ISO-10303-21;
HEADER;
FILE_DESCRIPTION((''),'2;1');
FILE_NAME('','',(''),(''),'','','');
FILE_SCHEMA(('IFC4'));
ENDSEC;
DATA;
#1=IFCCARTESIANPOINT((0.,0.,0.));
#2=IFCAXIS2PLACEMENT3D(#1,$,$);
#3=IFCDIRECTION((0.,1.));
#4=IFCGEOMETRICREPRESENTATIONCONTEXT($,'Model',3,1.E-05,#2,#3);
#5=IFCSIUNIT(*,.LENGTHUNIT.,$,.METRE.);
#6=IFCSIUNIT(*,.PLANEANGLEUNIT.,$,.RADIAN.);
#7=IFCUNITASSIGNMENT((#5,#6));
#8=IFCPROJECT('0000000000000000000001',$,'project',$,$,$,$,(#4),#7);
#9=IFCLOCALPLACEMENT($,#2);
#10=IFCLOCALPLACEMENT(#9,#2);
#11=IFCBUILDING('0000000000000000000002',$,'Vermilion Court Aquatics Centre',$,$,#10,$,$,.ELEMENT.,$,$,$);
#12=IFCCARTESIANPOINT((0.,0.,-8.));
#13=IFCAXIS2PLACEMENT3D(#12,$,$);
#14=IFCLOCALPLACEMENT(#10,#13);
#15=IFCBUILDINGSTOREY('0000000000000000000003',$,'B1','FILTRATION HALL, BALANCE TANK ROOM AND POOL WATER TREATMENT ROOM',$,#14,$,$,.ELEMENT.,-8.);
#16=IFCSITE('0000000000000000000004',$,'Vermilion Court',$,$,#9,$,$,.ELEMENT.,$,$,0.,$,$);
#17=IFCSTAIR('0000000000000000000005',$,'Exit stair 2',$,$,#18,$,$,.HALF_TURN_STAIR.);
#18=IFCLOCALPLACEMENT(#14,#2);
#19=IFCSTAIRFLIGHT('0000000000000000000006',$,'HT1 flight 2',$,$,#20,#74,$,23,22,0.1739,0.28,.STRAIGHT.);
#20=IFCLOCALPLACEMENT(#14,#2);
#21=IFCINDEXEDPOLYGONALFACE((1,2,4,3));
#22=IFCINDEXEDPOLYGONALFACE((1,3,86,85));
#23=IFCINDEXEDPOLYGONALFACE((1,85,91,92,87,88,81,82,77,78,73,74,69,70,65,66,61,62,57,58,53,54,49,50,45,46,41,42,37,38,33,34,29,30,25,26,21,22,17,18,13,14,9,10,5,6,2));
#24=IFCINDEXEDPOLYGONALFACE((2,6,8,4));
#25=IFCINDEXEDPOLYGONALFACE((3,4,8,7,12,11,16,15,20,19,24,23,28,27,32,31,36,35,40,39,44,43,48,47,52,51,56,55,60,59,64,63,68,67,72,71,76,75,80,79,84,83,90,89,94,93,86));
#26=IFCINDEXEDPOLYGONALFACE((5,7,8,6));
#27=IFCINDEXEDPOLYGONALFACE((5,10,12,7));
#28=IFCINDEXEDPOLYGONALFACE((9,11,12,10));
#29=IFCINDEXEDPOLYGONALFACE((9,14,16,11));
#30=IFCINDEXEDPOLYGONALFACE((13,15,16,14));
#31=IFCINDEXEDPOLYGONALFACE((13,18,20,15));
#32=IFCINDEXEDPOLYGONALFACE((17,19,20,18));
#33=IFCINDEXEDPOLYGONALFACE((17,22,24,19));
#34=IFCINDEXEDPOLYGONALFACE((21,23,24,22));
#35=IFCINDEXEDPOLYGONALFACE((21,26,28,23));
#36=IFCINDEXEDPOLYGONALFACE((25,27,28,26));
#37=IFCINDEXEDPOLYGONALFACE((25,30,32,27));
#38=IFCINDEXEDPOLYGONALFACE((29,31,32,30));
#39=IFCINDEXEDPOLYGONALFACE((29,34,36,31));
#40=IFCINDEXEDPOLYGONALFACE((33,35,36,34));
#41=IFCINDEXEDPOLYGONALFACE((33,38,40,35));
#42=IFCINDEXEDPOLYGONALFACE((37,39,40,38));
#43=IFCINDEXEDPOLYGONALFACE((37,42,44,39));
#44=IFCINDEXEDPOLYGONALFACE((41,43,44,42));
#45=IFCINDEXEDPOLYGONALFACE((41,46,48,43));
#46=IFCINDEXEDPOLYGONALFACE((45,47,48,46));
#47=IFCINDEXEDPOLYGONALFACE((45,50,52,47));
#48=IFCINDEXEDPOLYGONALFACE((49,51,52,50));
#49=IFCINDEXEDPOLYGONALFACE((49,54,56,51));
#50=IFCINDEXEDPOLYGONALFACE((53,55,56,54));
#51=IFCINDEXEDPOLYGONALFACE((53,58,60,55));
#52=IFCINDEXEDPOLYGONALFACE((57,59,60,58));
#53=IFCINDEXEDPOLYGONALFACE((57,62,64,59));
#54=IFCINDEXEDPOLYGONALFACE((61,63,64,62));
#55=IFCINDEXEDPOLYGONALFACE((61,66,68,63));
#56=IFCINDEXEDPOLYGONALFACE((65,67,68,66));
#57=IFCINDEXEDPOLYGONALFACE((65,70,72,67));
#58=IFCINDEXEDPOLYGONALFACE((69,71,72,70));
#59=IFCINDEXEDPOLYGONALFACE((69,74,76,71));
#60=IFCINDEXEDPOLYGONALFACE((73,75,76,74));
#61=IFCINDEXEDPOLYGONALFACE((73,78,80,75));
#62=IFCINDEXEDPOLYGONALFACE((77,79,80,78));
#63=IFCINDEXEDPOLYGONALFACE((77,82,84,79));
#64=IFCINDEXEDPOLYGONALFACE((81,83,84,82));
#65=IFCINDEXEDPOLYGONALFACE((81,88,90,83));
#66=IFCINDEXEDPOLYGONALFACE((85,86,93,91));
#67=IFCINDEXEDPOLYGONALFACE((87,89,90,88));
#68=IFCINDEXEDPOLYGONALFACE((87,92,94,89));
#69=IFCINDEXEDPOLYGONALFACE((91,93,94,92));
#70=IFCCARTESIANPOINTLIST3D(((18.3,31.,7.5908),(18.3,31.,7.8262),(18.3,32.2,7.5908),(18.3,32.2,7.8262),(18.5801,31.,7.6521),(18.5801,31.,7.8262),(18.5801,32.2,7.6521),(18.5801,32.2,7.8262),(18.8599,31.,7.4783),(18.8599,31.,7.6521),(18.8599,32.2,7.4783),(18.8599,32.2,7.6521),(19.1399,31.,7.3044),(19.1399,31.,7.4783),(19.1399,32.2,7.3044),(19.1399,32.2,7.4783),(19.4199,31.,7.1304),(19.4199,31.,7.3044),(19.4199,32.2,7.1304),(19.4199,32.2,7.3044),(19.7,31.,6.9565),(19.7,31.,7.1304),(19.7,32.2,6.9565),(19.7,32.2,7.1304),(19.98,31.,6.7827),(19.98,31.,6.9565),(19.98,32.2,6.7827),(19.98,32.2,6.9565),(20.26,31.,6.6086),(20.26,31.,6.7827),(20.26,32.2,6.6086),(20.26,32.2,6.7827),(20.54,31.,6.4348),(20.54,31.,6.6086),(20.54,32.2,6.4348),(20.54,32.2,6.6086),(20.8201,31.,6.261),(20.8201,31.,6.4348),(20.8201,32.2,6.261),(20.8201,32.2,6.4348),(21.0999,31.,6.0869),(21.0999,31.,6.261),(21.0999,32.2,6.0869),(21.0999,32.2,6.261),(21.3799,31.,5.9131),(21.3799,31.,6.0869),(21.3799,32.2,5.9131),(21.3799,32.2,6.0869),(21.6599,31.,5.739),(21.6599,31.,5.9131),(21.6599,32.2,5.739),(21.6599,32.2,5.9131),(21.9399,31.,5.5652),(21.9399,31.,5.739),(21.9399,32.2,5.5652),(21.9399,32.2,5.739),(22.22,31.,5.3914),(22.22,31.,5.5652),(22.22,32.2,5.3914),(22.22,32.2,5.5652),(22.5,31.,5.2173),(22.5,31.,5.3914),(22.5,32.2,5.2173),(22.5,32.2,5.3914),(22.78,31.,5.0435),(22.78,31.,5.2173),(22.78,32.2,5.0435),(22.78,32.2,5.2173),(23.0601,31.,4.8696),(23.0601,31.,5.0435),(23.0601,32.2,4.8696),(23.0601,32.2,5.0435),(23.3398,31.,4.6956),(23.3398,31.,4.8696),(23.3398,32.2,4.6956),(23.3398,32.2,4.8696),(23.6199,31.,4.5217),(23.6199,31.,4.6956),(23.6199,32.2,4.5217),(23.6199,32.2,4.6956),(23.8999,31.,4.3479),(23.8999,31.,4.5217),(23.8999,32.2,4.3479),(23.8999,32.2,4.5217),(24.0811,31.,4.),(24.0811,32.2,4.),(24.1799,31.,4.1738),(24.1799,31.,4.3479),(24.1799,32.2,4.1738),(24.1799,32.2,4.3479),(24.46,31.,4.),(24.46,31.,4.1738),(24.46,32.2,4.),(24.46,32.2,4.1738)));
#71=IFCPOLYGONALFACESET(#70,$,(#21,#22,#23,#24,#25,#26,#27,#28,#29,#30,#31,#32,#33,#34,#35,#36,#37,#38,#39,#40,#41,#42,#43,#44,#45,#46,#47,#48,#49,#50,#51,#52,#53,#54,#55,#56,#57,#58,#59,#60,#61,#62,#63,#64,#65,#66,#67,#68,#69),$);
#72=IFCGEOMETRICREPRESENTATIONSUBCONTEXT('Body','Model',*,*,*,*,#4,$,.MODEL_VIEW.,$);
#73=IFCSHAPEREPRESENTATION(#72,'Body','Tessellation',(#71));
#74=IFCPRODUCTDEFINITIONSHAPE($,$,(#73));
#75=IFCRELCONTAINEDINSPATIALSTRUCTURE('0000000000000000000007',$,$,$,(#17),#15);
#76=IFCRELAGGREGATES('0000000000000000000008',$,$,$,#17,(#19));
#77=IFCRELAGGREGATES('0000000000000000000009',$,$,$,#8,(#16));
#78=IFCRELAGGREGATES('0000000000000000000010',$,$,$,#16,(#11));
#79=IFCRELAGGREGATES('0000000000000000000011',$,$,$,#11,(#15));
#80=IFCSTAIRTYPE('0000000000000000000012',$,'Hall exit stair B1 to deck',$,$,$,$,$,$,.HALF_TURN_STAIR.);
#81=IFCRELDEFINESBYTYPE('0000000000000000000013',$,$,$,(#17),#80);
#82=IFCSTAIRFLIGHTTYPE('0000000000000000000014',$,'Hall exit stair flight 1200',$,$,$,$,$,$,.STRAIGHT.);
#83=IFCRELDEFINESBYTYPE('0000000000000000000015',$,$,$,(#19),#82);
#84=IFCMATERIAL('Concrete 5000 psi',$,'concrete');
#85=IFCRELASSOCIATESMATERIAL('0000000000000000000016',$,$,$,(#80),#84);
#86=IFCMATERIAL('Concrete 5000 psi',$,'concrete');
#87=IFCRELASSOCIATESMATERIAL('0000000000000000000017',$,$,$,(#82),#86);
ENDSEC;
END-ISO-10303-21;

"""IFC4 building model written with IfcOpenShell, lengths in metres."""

from ifc_helpers import new_model, si_unit, direction, frame, origin, place, context, subcontext, project, spatial, polyline, outline, extrude, material, type_object, element, aggregate, save


model = new_model("IFC4")

# Units and contexts
model_context = context("Model", 3, precision=1e-05, world=origin(), true_north=direction((0.0, 1.0)))
body_context = subcontext(model_context, "Body", "Model", "MODEL_VIEW")
ifc_project = project(units=[si_unit("LENGTHUNIT", "METRE"), si_unit("PLANEANGLEUNIT", "RADIAN")], contexts=[model_context])

# Site, building, storey
site_placement = place(None, origin())
site = spatial("IfcSite", under=ifc_project, at=site_placement, Name="Vermilion Court", CompositionType="ELEMENT", RefElevation=0.0)
building_placement = place(site_placement, origin())
building = spatial("IfcBuilding", under=site, at=building_placement, Name="Vermilion Court Aquatics Centre", CompositionType="ELEMENT")
storey_placement = place(building_placement, frame((0.0, 0.0, -8.0)))
storey = spatial("IfcBuildingStorey", under=building, at=storey_placement, Name="B1", Description="FILTRATION HALL, BALANCE TANK ROOM AND POOL WATER TREATMENT ROOM", CompositionType="ELEMENT", Elevation=-8.0)

# Stair, stair flight
ifc_material_1 = material(Name="Concrete 5000 psi", Category="concrete")
stair_type = type_object("IfcStairType", Name="Hall exit stair B1 to deck", PredefinedType="HALF_TURN_STAIR", material=ifc_material_1)
stair_placement = place(storey_placement, origin())
stair = element("IfcStair", 1, at=stair_placement, inside=storey, type_object=stair_type, Name="Exit stair 2", PredefinedType="HALF_TURN_STAIR")
ifc_material_2 = material(Name="Concrete 5000 psi", Category="concrete")
stair_flight_type = type_object("IfcStairFlightType", Name="Hall exit stair flight 1200", PredefinedType="STRAIGHT", material=ifc_material_2)
stair_flight_1_placement = place(storey_placement, frame((24.46, 31.6001, 4.0), z_axis=(0.0, 0.0, 1.0), x_axis=(-1.0, 0.0, 0.0)))
stair_flight_1 = element("IfcStairFlight", 2, at=stair_flight_1_placement, type_object=stair_flight_type, Name="HT1 flight 2", NumberOfRisers=23, NumberOfTreads=22, PredefinedType="STRAIGHT", RiserHeight=0.1739, TreadLength=0.28, context=body_context, shape_type="SweptSolid", body=[
    extrude(outline(polyline([(0.0, 0.0), (0.0, 0.1738), (0.28, 0.1738), (0.28, 0.3479), (0.5601, 0.3479), (0.5601, 0.5217), (0.8401, 0.5217), (0.8401, 0.6956), (1.1201, 0.6956), (1.1201, 0.8696), (1.3999, 0.8696), (1.3999, 1.0435), (1.6799, 1.0435), (1.6799, 1.2173), (1.96, 1.2173), (1.96, 1.3914), (2.24, 1.3914), (2.24, 1.5652), (2.52, 1.5652), (2.52, 1.739), (2.8, 1.739), (2.8, 1.9131), (3.0801, 1.9131), (3.0801, 2.0869), (3.3601, 2.0869), (3.3601, 2.261), (3.6399, 2.261), (3.6399, 2.4348), (3.9199, 2.4348), (3.9199, 2.6086), (4.2, 2.6086), (4.2, 2.7827), (4.48, 2.7827), (4.48, 2.9565), (4.76, 2.9565), (4.76, 3.1304), (5.04, 3.1304), (5.04, 3.3044), (5.3201, 3.3044), (5.3201, 3.4783), (5.6001, 3.4783), (5.6001, 3.6521), (5.8799, 3.6521), (5.8799, 3.8262), (6.1599, 3.8262), (6.1599, 4.0), (6.1599, 3.5908), (0.3789, 0.0), (0.0, 0.0)])), frame((0.0, 0.6001, 0.0), z_axis=(0.0, -1.0, 0.0), x_axis=(1.0, 0.0, 0.0)), (0.0, 0.0, 1.0), 1.2),
])
aggregate(stair, [stair_flight_1])

save(model, "model.ifc")
